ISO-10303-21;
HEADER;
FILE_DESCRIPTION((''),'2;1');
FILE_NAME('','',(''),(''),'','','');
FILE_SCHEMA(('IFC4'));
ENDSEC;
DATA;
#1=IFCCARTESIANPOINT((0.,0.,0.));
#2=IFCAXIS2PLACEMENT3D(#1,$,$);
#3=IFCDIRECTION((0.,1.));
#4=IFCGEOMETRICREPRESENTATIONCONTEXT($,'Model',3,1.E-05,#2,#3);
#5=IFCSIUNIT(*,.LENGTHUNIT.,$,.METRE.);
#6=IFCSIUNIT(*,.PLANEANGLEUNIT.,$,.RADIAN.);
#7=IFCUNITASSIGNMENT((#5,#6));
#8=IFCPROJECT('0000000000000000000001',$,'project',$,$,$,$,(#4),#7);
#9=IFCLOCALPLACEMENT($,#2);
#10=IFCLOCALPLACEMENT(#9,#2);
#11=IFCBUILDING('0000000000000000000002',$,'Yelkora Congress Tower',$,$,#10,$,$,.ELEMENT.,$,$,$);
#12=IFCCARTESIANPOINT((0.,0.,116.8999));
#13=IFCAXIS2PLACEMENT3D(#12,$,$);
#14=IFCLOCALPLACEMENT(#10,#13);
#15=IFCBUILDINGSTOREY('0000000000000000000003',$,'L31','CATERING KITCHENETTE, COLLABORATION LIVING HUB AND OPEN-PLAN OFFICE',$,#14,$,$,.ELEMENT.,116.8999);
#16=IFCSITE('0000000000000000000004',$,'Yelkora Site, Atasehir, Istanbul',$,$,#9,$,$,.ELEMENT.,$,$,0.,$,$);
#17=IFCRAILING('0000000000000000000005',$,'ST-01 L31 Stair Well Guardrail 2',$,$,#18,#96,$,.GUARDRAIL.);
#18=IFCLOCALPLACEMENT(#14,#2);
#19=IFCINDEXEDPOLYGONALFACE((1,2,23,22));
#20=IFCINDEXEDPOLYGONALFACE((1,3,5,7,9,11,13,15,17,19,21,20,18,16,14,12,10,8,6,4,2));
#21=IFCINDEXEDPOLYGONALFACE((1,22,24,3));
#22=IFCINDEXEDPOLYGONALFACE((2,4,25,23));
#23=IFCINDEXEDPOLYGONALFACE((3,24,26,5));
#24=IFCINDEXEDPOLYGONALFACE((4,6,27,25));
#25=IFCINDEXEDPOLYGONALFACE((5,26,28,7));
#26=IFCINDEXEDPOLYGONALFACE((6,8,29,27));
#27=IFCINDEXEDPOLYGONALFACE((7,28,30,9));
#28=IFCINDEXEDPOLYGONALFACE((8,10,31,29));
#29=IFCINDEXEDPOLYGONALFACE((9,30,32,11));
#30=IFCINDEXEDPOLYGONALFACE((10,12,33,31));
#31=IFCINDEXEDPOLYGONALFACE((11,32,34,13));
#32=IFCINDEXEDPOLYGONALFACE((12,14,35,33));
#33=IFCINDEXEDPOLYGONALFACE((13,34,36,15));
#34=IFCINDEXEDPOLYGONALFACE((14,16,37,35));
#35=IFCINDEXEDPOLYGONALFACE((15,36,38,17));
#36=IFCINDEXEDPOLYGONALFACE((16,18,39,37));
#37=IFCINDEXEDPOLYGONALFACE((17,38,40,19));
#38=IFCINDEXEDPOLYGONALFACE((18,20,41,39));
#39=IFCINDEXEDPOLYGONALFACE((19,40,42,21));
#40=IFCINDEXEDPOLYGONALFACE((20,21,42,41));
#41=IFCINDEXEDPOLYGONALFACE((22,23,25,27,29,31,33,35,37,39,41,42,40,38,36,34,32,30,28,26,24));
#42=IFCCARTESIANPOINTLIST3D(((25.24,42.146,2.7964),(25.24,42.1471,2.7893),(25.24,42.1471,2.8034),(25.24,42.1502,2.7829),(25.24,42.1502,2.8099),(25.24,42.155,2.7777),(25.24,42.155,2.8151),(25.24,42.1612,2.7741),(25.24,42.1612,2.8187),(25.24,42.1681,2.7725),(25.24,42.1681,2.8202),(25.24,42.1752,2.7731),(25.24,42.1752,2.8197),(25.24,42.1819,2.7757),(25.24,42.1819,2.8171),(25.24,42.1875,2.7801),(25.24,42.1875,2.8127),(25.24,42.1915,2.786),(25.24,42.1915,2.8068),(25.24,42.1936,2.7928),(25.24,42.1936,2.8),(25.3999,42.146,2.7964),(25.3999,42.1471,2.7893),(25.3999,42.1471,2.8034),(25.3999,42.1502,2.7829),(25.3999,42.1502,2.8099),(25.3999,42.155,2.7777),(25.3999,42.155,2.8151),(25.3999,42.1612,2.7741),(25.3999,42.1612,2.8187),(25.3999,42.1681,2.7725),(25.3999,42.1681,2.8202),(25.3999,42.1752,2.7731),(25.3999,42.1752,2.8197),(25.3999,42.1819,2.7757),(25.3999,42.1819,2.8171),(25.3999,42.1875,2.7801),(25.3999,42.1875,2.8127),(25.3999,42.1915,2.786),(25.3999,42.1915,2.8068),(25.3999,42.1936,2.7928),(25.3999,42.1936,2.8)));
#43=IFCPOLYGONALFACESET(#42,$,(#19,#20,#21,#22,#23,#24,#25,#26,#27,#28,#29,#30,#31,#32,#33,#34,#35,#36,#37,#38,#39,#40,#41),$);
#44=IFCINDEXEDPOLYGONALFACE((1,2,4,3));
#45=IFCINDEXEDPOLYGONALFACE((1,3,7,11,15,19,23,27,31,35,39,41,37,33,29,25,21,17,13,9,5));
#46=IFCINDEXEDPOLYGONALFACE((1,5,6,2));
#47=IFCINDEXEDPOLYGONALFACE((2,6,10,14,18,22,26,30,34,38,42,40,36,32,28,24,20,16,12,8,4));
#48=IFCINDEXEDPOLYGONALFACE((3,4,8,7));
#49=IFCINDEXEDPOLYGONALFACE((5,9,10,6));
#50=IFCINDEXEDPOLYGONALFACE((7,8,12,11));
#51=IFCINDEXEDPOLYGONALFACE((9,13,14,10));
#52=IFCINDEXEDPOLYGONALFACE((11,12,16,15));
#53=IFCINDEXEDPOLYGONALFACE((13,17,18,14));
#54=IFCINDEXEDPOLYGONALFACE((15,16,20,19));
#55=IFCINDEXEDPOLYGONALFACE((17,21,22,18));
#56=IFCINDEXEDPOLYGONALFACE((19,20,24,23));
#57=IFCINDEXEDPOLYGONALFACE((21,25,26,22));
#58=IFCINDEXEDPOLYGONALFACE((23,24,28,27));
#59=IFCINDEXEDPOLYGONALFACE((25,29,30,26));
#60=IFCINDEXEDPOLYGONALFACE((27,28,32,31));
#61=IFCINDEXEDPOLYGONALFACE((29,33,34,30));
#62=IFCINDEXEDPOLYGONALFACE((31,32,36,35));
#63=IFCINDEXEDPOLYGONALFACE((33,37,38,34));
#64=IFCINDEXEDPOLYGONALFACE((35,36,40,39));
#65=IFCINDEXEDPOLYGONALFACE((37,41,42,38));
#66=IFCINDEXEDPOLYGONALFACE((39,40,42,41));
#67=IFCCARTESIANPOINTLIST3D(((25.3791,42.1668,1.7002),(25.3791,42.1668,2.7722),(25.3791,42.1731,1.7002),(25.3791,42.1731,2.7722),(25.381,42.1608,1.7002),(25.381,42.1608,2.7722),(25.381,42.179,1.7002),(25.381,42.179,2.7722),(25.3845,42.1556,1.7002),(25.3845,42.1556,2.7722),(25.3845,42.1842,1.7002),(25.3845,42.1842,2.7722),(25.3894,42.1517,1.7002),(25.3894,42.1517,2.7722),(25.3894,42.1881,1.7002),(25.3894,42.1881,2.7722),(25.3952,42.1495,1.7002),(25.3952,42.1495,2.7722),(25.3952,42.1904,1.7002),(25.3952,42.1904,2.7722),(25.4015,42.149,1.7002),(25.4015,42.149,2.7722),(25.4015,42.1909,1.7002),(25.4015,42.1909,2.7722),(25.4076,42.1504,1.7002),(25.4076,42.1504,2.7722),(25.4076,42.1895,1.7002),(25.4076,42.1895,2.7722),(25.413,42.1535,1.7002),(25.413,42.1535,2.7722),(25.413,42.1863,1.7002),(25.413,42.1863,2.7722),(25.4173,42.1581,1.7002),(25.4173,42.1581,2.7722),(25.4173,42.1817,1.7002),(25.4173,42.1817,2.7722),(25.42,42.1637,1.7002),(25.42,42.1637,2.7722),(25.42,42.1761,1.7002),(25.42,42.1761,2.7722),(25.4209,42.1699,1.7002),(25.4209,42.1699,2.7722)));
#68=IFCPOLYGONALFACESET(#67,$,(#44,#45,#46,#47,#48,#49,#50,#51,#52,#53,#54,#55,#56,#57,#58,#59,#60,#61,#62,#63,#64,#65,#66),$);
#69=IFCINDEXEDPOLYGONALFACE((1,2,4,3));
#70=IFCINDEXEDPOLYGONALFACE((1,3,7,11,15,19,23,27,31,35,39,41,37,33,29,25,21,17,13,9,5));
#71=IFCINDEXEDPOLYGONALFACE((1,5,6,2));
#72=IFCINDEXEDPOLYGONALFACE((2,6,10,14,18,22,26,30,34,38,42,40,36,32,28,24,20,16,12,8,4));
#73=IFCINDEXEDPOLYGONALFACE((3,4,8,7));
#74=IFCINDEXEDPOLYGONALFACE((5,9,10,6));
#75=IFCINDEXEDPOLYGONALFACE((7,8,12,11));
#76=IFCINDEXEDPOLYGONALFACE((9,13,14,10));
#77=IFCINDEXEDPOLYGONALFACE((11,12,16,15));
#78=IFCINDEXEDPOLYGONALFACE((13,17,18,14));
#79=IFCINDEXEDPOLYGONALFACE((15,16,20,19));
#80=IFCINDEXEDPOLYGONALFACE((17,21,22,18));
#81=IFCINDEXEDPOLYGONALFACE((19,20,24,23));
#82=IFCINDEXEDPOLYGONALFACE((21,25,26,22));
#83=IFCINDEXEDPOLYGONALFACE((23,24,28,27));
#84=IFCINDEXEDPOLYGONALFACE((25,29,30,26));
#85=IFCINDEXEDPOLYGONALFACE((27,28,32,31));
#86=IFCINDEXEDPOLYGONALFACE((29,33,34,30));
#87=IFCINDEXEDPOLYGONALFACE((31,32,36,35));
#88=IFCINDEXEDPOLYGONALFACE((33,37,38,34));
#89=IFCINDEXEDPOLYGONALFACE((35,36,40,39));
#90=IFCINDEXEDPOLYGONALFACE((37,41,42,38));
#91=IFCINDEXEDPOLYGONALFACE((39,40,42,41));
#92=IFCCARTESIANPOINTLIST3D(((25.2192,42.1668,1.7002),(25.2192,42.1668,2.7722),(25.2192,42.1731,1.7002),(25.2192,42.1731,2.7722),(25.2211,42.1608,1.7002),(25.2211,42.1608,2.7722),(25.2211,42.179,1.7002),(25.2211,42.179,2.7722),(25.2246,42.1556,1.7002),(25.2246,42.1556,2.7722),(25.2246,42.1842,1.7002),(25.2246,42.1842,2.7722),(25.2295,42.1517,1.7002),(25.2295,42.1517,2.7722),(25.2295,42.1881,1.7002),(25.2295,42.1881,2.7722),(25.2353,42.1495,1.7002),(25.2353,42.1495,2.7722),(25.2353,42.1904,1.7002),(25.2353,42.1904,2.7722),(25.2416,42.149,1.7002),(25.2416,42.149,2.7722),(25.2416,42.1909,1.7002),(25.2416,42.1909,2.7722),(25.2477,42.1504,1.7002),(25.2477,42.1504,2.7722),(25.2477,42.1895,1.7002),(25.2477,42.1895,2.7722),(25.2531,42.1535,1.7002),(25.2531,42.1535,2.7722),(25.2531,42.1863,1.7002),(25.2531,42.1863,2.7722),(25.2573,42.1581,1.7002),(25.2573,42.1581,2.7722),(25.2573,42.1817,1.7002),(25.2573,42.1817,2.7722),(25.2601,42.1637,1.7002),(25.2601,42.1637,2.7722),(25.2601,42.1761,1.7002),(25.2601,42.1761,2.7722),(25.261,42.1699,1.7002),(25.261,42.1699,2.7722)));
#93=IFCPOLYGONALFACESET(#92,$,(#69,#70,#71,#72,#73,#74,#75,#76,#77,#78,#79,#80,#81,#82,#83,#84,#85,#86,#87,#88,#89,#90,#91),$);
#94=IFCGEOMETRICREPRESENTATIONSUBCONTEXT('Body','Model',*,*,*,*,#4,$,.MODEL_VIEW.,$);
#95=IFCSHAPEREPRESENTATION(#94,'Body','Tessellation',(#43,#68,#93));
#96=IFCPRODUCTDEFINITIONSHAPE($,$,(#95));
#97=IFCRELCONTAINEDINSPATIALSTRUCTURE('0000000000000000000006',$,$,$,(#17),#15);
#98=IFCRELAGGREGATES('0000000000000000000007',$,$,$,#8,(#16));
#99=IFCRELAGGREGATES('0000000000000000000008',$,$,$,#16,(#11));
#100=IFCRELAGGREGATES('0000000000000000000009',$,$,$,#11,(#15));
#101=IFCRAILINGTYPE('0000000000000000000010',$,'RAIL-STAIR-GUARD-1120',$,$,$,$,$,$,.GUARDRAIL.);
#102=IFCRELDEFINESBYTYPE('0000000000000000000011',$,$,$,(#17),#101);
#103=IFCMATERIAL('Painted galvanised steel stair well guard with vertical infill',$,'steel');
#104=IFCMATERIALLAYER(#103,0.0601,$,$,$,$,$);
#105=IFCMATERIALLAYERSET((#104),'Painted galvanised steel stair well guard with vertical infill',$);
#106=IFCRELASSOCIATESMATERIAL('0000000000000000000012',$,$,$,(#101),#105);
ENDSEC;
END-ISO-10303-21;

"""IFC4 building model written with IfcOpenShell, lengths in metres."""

from ifc_helpers import new_model, si_unit, direction, frame, origin, origin_2d, place, context, subcontext, project, spatial, circle, extrude, material, layer, layer_set, type_object, element, save


model = new_model("IFC4")

# Units and contexts
model_context = context("Model", 3, precision=1e-05, world=origin(), true_north=direction((0.0, 1.0)))
body_context = subcontext(model_context, "Body", "Model", "MODEL_VIEW")
ifc_project = project(units=[si_unit("LENGTHUNIT", "METRE"), si_unit("PLANEANGLEUNIT", "RADIAN")], contexts=[model_context])

# Site, building, storey
site_placement = place(None, origin())
site = spatial("IfcSite", under=ifc_project, at=site_placement, Name="Yelkora Site, Atasehir, Istanbul", CompositionType="ELEMENT", RefElevation=0.0)
building_placement = place(site_placement, origin())
building = spatial("IfcBuilding", under=site, at=building_placement, Name="Yelkora Congress Tower", CompositionType="ELEMENT")
storey_placement = place(building_placement, frame((0.0, 0.0, 116.8999)))
storey = spatial("IfcBuildingStorey", under=building, at=storey_placement, Name="L31", Description="CATERING KITCHENETTE, COLLABORATION LIVING HUB AND OPEN-PLAN OFFICE", CompositionType="ELEMENT", Elevation=116.8999)

# Railing
ifc_material_1 = material(Name="Painted galvanised steel stair well guard with vertical infill", Category="steel")
ifc_layer_1 = layer(ifc_material_1, 0.0601)
ifc_layer_set_1 = layer_set([ifc_layer_1], Name="Painted galvanised steel stair well guard with vertical infill")
railing_type_1 = type_object("IfcRailingType", Name="RAIL-STAIR-GUARD-1120", PredefinedType="GUARDRAIL", material=ifc_layer_set_1)
railing_1_placement = place(storey_placement, frame((25.3999, 42.1699, 1.7002)))
element("IfcRailing", 1, at=railing_1_placement, inside=storey, type_object=railing_type_1, Name="ST-01 L31 Stair Well Guardrail 2", PredefinedType="GUARDRAIL", context=body_context, shape_type="SweptSolid", body=[
    extrude(circle(Radius=0.0239, at=origin_2d()), frame((0.0, 0.0, 1.0962), z_axis=(-1.0, 0.0, 0.0), x_axis=(0.0, -1.0, 0.0)), (0.0, 0.0, 1.0), 0.1599),
    extrude(circle(Radius=0.021, at=origin_2d()), origin(), (0.0, 0.0, 1.0), 1.072),
    extrude(circle(Radius=0.021, at=origin_2d()), frame((-0.1599, 0.0, 0.0)), (0.0, 0.0, 1.0), 1.072),
])

save(model, "model.ifc")
